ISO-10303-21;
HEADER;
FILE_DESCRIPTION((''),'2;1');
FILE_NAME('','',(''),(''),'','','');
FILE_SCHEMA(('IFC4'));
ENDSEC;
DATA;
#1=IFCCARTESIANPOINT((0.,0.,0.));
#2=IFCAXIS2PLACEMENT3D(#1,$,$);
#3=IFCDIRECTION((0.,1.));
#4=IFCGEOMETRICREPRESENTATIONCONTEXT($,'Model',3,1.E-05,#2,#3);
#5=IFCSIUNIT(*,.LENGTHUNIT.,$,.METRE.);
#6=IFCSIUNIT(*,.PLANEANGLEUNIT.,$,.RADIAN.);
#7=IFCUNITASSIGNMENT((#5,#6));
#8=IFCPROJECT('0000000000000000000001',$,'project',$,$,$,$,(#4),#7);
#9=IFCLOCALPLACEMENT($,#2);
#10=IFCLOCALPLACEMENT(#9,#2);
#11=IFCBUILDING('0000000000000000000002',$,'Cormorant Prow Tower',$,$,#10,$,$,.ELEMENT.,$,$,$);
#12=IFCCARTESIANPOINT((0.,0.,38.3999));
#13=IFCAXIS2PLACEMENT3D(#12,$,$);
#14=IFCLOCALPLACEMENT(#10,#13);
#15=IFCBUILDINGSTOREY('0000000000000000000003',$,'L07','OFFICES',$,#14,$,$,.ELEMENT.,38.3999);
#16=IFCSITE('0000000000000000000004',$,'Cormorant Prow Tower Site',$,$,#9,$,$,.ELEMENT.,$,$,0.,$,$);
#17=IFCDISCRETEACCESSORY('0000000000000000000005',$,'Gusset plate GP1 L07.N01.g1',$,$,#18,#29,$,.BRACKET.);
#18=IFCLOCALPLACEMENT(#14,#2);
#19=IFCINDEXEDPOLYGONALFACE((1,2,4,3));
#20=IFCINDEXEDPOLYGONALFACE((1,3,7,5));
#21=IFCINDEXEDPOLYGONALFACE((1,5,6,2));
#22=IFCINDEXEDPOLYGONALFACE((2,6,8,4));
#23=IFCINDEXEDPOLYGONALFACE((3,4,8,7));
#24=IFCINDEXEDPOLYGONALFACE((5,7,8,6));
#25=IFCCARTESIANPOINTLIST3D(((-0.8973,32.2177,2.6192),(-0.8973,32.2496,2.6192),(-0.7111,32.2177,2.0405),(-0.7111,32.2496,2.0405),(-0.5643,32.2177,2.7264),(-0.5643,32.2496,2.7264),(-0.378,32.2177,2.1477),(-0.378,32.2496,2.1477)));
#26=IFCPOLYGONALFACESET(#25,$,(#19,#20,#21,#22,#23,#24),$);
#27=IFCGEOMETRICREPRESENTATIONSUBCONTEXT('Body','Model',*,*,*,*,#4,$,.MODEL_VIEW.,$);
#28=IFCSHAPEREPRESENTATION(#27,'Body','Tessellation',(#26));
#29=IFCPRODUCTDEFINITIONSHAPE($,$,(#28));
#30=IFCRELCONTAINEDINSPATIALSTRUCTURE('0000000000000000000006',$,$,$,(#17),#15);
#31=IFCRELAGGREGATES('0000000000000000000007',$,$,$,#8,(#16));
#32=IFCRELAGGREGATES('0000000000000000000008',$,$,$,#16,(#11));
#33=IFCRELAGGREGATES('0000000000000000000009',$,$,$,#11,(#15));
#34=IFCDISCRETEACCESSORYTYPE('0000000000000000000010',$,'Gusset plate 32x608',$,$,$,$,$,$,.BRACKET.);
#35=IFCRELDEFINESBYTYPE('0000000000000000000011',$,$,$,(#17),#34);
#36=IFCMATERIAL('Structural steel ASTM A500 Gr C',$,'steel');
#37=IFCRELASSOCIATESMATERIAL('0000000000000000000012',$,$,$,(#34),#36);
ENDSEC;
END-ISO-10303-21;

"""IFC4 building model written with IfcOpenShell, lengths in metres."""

from ifc_helpers import new_model, si_unit, direction, frame, origin, origin_2d, place, context, subcontext, project, spatial, rectangle, extrude, material, material_profile, profile_set, type_object, element, save


model = new_model("IFC4")

# Units and contexts
model_context = context("Model", 3, precision=1e-05, world=origin(), true_north=direction((0.0, 1.0)))
body_context = subcontext(model_context, "Body", "Model", "MODEL_VIEW")
ifc_project = project(units=[si_unit("LENGTHUNIT", "METRE"), si_unit("PLANEANGLEUNIT", "RADIAN")], contexts=[model_context])

# Site, building, storey
site_placement = place(None, origin())
site = spatial("IfcSite", under=ifc_project, at=site_placement, Name="Cormorant Prow Tower Site", CompositionType="ELEMENT", RefElevation=0.0)
building_placement = place(site_placement, origin())
building = spatial("IfcBuilding", under=site, at=building_placement, Name="Cormorant Prow Tower", CompositionType="ELEMENT")
storey_placement = place(building_placement, frame((0.0, 0.0, 38.3999)))
storey = spatial("IfcBuildingStorey", under=building, at=storey_placement, Name="L07", Description="OFFICES", CompositionType="ELEMENT", Elevation=38.3999)

# Discrete accessory
ifc_material_1 = material(Name="Structural steel ASTM A500 Gr C", Category="steel")
ifc_material_profile_1 = material_profile(ifc_material_1, rectangle(XDim=0.032, YDim=0.6079, at=origin_2d()), Name="Gusset plate 32x608")
ifc_profile_set_1 = profile_set([ifc_material_profile_1], Name="Structural steel ASTM A500 Gr C")
discrete_accessory_type = type_object("IfcDiscreteAccessoryType", Name="Gusset plate 32x608", PredefinedType="BRACKET", material=ifc_profile_set_1)
for number, where, z_axis, x_axis, name in (
    (1, (-0.8042, 32.2336, 2.3298), (0.951912, 0.0, 0.306371), (0.0, 1.0, 0.0), "Gusset plate GP1 L07.N01.g1"),
):
    element("IfcDiscreteAccessory", number, at=place(storey_placement, frame(where, z_axis=z_axis, x_axis=x_axis)), inside=storey, type_object=discrete_accessory_type, Name=name, PredefinedType="BRACKET", context=body_context, shape_type="SweptSolid", body=[
        extrude(rectangle(XDim=0.032, YDim=0.6079, at=origin_2d()), origin(), (0.0, 0.0, 1.0), 0.3499),
    ])

save(model, "model.ifc")
